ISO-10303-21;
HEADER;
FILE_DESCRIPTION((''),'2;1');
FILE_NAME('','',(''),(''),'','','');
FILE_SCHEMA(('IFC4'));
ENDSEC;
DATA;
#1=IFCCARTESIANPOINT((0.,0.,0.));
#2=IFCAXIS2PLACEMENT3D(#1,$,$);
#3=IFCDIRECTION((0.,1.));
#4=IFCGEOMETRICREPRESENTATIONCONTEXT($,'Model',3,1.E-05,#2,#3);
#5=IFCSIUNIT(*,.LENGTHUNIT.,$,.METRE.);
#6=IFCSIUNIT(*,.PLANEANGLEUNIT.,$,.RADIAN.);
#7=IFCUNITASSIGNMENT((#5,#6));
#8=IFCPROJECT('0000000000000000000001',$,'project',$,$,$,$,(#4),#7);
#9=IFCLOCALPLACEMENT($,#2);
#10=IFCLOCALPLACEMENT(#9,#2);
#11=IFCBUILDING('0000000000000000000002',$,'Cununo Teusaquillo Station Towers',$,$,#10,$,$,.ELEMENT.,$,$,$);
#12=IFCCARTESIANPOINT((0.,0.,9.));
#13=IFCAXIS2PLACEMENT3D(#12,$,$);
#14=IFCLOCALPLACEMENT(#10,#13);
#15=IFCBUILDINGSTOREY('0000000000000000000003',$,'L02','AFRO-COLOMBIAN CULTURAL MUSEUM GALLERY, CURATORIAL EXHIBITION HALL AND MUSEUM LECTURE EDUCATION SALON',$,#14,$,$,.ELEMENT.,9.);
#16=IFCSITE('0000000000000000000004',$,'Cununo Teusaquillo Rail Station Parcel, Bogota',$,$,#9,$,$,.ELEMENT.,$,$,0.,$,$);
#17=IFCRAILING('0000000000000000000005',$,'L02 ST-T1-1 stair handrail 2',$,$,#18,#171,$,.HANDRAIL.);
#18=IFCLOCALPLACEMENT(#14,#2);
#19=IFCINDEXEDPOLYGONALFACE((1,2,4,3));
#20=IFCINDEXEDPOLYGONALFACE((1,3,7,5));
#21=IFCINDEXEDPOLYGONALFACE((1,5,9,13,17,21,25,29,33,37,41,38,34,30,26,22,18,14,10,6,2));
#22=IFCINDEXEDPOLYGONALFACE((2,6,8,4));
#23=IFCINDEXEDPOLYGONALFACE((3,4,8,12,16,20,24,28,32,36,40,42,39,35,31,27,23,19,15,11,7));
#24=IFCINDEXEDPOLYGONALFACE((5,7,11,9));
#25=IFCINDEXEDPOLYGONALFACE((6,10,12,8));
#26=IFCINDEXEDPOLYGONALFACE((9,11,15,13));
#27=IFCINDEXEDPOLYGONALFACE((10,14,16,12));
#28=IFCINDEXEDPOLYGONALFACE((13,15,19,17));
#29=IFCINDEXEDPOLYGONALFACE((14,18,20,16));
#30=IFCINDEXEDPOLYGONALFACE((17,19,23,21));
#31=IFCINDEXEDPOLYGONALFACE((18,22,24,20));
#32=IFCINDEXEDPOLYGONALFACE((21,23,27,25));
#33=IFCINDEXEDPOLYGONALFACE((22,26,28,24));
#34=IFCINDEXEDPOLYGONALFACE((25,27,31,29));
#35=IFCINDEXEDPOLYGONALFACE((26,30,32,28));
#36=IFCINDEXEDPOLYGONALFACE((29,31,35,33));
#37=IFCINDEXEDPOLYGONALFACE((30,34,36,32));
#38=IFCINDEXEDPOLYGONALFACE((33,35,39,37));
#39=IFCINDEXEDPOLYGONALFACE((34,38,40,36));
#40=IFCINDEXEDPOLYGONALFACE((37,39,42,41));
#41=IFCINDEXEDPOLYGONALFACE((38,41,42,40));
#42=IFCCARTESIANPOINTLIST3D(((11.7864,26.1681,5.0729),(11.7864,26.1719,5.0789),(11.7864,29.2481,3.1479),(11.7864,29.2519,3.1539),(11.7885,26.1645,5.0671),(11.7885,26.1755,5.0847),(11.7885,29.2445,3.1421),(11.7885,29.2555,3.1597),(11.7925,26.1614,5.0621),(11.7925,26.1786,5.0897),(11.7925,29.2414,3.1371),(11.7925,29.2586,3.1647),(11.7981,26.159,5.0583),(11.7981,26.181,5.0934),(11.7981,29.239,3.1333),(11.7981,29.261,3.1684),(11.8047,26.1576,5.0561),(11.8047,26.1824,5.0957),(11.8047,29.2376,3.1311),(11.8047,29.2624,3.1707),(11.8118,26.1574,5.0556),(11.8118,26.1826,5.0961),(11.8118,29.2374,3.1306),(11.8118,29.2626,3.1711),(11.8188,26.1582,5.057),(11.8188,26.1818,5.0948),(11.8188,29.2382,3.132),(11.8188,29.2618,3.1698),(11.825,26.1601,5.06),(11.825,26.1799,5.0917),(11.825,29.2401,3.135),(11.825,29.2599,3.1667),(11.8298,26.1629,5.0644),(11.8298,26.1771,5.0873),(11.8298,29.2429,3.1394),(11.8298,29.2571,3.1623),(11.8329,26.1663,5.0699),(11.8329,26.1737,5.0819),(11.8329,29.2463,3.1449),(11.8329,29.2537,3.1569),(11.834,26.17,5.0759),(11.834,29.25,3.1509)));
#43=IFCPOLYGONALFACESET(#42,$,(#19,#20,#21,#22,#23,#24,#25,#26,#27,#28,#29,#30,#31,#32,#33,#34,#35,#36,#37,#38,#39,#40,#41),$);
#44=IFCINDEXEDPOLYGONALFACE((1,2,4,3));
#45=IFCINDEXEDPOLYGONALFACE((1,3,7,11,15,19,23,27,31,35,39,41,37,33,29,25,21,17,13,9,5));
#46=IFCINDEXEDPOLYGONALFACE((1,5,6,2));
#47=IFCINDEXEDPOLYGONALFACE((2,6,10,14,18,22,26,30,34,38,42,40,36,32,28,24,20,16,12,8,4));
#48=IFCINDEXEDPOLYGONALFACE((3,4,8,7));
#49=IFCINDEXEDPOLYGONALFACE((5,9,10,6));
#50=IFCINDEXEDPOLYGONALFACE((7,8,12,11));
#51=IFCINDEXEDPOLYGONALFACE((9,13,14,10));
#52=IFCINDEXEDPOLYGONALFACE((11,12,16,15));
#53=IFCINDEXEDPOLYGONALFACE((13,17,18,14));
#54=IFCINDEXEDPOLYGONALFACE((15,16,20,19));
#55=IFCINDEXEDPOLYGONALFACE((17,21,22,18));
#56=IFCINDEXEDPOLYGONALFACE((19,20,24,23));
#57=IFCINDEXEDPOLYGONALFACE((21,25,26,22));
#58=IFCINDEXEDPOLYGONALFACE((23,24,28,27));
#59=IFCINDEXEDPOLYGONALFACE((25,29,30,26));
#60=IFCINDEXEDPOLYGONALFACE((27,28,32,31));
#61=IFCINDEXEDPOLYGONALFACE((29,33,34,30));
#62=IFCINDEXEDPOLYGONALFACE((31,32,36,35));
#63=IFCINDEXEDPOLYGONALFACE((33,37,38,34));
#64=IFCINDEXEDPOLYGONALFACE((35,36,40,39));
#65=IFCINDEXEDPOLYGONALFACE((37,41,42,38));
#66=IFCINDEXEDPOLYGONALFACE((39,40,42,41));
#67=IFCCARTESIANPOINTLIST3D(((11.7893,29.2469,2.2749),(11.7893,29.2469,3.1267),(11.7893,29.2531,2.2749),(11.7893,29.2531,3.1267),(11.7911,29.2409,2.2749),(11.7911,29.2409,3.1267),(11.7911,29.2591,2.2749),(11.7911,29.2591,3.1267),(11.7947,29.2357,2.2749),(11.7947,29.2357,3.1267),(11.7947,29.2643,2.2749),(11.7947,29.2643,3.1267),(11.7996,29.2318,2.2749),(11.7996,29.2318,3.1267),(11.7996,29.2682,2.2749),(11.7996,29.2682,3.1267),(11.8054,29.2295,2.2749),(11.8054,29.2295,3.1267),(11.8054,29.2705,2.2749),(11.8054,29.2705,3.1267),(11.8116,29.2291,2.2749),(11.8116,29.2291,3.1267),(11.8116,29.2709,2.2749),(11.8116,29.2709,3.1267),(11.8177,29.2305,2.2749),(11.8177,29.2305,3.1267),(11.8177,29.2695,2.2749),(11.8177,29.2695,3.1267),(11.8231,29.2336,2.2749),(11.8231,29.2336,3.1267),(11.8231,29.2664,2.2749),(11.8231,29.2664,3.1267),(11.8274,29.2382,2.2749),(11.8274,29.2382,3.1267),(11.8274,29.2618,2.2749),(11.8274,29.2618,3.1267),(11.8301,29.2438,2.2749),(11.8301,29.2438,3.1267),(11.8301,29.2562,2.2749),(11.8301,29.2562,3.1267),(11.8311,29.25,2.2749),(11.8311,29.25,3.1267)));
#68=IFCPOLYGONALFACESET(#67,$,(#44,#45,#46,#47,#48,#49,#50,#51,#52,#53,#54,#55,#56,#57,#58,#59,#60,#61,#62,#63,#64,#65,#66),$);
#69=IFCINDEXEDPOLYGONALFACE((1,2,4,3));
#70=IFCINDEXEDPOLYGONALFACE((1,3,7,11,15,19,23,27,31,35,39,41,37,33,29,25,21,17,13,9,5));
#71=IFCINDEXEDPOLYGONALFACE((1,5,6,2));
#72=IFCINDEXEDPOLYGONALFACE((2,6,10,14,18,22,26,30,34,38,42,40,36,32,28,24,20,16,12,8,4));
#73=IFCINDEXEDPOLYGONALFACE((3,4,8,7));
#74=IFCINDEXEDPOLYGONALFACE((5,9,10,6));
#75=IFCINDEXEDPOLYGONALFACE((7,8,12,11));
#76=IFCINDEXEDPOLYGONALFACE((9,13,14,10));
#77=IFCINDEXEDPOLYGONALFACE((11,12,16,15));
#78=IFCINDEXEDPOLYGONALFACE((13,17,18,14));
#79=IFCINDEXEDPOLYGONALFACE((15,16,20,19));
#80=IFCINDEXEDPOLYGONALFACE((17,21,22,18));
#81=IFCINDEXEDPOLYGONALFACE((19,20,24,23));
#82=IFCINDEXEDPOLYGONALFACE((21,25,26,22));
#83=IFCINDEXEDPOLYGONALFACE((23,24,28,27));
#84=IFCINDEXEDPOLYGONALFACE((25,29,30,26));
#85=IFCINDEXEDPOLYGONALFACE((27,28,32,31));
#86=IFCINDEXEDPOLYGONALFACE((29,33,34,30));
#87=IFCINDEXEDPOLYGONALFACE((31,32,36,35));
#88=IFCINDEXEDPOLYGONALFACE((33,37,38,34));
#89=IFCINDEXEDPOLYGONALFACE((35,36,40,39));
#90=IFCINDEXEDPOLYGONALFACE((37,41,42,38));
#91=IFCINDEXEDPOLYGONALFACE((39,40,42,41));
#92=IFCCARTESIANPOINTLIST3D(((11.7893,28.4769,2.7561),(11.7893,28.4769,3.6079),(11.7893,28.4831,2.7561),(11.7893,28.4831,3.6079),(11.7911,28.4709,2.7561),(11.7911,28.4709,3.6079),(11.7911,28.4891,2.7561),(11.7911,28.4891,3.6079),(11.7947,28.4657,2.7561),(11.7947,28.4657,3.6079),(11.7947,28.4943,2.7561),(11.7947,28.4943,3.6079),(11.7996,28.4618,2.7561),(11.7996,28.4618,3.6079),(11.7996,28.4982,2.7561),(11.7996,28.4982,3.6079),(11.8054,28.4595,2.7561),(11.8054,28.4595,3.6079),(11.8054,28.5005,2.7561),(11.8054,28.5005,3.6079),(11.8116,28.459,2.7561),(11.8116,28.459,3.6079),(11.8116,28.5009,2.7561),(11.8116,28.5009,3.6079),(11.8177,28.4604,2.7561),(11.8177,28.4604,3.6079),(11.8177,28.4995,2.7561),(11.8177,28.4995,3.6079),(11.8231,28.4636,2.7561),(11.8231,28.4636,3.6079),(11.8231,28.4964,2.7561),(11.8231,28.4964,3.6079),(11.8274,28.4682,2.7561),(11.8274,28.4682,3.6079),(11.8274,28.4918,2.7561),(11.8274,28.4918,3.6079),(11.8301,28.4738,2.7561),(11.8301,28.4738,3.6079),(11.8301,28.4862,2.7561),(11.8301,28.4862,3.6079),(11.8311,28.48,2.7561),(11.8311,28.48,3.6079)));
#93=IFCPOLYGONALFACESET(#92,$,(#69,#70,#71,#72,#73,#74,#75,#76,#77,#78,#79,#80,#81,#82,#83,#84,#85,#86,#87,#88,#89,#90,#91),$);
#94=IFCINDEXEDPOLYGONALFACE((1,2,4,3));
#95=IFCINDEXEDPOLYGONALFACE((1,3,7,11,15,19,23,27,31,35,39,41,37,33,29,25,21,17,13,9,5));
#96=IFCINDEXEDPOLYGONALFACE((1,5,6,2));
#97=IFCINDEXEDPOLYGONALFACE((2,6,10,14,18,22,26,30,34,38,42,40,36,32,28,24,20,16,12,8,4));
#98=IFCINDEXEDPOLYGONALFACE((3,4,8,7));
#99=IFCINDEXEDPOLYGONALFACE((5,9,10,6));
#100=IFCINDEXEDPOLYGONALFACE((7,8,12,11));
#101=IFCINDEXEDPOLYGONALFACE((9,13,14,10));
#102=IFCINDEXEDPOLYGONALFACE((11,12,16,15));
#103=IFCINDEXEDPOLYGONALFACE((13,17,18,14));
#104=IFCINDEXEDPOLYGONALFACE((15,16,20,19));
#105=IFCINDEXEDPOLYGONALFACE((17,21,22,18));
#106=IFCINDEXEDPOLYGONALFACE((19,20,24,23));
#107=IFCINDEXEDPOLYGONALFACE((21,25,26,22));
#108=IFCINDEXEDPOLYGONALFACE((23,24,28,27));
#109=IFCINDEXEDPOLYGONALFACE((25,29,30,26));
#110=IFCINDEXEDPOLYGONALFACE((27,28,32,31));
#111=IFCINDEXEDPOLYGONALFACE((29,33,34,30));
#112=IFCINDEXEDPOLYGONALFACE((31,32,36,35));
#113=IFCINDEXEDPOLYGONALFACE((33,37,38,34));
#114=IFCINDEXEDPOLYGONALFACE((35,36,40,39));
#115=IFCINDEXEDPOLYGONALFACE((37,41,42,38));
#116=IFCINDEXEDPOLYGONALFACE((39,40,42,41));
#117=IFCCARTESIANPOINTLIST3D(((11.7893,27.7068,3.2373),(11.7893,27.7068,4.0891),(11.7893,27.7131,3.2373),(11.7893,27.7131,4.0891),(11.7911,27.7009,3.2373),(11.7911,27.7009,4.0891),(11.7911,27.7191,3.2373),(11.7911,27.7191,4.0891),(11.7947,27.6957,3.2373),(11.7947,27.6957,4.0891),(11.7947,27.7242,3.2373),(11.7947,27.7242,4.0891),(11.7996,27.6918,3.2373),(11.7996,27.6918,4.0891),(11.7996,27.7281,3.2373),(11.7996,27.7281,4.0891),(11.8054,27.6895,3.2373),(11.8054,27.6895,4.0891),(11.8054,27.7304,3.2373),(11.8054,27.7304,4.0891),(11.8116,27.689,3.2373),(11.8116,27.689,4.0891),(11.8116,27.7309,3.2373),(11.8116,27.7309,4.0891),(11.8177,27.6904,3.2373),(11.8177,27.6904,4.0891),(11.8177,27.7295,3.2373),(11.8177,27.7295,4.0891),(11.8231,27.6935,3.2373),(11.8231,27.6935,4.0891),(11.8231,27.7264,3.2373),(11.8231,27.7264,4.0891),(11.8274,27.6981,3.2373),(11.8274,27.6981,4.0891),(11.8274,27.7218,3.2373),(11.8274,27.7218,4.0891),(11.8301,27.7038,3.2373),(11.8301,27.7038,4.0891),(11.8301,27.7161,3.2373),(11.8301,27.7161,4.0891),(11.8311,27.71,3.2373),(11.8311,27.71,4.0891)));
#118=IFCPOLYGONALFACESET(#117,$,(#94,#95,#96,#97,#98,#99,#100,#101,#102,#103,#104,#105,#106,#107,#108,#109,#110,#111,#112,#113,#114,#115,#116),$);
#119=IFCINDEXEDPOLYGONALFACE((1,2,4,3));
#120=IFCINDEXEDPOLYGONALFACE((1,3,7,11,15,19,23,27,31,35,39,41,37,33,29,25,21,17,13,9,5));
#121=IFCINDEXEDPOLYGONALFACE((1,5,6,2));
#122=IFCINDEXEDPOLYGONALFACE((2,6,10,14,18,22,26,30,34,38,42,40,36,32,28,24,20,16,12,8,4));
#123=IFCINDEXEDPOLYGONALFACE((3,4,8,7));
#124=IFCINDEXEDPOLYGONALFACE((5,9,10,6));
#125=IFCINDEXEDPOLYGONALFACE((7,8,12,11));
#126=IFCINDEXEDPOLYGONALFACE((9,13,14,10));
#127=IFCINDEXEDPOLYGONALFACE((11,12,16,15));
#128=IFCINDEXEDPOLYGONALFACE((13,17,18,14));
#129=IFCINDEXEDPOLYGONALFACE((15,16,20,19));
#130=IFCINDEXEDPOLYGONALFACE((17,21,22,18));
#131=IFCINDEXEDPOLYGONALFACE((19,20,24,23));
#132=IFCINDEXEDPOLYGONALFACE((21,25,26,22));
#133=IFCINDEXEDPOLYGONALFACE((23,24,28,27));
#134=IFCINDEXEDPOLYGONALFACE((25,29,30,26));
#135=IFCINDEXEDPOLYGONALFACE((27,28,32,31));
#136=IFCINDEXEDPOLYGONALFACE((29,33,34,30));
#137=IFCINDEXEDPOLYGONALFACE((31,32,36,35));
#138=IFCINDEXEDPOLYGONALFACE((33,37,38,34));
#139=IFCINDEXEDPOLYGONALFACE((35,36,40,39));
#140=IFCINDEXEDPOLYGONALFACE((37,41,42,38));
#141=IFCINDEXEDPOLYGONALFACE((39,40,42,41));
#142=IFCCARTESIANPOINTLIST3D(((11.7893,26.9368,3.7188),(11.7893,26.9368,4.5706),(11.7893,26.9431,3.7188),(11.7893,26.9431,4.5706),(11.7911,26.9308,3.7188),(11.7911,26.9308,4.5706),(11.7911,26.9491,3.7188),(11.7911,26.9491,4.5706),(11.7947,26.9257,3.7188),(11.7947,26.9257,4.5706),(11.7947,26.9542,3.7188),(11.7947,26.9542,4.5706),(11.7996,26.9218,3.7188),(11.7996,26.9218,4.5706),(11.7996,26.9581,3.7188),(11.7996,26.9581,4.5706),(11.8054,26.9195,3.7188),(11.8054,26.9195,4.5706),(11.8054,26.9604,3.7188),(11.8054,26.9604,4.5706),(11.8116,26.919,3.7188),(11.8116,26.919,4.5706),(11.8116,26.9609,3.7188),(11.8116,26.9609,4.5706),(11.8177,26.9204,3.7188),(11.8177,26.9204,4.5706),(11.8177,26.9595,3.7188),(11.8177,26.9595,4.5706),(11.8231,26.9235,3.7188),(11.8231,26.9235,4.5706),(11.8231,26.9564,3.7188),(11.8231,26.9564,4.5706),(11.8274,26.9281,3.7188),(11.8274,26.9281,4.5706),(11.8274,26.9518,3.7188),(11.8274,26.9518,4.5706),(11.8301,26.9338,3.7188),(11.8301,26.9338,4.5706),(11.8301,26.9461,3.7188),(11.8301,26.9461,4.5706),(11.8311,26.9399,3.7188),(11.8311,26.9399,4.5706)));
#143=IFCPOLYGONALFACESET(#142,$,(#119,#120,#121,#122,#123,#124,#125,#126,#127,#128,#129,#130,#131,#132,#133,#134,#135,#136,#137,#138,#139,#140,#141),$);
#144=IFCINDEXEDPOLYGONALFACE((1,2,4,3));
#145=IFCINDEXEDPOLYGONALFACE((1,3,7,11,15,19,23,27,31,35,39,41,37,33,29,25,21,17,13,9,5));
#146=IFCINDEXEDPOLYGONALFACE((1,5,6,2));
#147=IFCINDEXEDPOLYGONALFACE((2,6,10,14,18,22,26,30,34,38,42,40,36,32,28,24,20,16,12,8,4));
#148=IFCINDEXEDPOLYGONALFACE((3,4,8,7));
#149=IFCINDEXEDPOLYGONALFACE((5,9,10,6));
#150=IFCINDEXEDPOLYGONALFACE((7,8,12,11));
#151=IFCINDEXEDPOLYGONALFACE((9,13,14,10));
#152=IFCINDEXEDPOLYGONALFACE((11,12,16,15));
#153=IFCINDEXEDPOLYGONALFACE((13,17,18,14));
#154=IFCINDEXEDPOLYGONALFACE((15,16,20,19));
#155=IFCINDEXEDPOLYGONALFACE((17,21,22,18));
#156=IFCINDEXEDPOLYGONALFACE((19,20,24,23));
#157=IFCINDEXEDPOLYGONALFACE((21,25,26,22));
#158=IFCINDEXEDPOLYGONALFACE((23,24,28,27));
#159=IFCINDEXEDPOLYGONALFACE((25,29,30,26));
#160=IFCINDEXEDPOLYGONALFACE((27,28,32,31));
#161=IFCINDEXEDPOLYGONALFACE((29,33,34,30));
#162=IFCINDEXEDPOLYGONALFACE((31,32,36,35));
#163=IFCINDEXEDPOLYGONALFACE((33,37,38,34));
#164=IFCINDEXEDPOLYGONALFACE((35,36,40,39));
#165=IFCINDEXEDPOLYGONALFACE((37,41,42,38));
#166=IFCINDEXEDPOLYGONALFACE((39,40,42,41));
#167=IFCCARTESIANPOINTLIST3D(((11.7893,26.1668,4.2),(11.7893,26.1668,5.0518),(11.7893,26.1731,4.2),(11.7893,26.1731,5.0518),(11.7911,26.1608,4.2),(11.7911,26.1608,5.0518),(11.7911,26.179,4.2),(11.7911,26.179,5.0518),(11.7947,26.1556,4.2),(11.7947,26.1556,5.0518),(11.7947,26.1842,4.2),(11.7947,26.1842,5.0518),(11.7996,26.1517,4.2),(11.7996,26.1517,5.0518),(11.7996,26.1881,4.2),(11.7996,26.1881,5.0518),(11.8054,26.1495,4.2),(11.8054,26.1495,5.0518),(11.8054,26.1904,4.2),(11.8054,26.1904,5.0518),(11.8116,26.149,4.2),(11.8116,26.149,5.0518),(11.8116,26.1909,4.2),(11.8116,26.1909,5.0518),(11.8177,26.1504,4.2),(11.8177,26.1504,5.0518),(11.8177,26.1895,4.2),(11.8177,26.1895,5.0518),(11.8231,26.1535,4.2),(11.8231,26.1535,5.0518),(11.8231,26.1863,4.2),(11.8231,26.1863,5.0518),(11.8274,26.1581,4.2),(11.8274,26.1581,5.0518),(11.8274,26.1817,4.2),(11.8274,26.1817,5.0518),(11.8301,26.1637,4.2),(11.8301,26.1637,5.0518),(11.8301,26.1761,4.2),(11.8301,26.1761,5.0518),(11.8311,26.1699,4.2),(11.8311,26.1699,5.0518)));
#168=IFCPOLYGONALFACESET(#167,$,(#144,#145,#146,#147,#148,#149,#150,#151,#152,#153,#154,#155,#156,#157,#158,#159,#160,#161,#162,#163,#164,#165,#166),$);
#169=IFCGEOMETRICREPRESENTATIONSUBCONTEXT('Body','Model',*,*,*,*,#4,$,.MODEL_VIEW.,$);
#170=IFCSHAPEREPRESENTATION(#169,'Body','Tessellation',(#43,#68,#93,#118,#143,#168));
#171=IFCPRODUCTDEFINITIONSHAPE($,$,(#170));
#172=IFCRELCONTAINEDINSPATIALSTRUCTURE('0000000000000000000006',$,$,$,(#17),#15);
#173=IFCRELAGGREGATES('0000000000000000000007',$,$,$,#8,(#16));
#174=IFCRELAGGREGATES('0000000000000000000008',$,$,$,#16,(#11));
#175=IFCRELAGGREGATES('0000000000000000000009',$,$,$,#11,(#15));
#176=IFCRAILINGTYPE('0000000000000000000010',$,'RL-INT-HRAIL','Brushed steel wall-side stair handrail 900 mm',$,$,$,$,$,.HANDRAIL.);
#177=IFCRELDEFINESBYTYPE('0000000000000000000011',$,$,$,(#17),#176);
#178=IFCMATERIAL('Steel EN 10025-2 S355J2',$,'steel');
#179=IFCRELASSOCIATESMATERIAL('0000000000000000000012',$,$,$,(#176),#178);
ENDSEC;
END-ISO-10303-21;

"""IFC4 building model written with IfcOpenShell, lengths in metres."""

from ifc_helpers import new_model, si_unit, direction, frame, origin, origin_2d, place, context, subcontext, project, spatial, circle, extrude, material, type_object, element, save


model = new_model("IFC4")

# Units and contexts
model_context = context("Model", 3, precision=1e-05, world=origin(), true_north=direction((0.0, 1.0)))
body_context = subcontext(model_context, "Body", "Model", "MODEL_VIEW")
ifc_project = project(units=[si_unit("LENGTHUNIT", "METRE"), si_unit("PLANEANGLEUNIT", "RADIAN")], contexts=[model_context])

# Site, building, storey
site_placement = place(None, origin())
site = spatial("IfcSite", under=ifc_project, at=site_placement, Name="Cununo Teusaquillo Rail Station Parcel, Bogota", CompositionType="ELEMENT", RefElevation=0.0)
building_placement = place(site_placement, origin())
building = spatial("IfcBuilding", under=site, at=building_placement, Name="Cununo Teusaquillo Station Towers", CompositionType="ELEMENT")
storey_placement = place(building_placement, frame((0.0, 0.0, 9.0)))
storey = spatial("IfcBuildingStorey", under=building, at=storey_placement, Name="L02", Description="AFRO-COLOMBIAN CULTURAL MUSEUM GALLERY, CURATORIAL EXHIBITION HALL AND MUSEUM LECTURE EDUCATION SALON", CompositionType="ELEMENT", Elevation=9.0)

# Railing
ifc_material_1 = material(Name="Steel EN 10025-2 S355J2", Category="steel")
railing_type_1 = type_object("IfcRailingType", Name="RL-INT-HRAIL", Description="Brushed steel wall-side stair handrail 900 mm", PredefinedType="HANDRAIL", material=ifc_material_1)
railing_1_placement = place(storey_placement, frame((11.8101, 29.25, 2.2749)))
element("IfcRailing", 1, at=railing_1_placement, inside=storey, type_object=railing_type_1, Name="L02 ST-T1-1 stair handrail 2", PredefinedType="HANDRAIL", context=body_context, shape_type="SweptSolid", body=[
    extrude(circle(Radius=0.0239, at=origin_2d()), frame((0.0, 0.0, 0.876), z_axis=(0.0, -0.847998, 0.529999), x_axis=(1.0, 0.0, 0.0)), (0.0, 0.0, 1.0), 3.6321),
    extrude(circle(Radius=0.021, at=origin_2d()), origin(), (0.0, 0.0, 1.0), 0.8518),
    extrude(circle(Radius=0.021, at=origin_2d()), frame((0.0, -0.77, 0.4812)), (0.0, 0.0, 1.0), 0.8518),
    extrude(circle(Radius=0.021, at=origin_2d()), frame((0.0, -1.54, 0.9624)), (0.0, 0.0, 1.0), 0.8518),
    extrude(circle(Radius=0.021, at=origin_2d()), frame((0.0, -2.3101, 1.4438)), (0.0, 0.0, 1.0), 0.8518),
    extrude(circle(Radius=0.021, at=origin_2d()), frame((0.0, -3.0801, 1.925)), (0.0, 0.0, 1.0), 0.8518),
])

save(model, "model.ifc")
